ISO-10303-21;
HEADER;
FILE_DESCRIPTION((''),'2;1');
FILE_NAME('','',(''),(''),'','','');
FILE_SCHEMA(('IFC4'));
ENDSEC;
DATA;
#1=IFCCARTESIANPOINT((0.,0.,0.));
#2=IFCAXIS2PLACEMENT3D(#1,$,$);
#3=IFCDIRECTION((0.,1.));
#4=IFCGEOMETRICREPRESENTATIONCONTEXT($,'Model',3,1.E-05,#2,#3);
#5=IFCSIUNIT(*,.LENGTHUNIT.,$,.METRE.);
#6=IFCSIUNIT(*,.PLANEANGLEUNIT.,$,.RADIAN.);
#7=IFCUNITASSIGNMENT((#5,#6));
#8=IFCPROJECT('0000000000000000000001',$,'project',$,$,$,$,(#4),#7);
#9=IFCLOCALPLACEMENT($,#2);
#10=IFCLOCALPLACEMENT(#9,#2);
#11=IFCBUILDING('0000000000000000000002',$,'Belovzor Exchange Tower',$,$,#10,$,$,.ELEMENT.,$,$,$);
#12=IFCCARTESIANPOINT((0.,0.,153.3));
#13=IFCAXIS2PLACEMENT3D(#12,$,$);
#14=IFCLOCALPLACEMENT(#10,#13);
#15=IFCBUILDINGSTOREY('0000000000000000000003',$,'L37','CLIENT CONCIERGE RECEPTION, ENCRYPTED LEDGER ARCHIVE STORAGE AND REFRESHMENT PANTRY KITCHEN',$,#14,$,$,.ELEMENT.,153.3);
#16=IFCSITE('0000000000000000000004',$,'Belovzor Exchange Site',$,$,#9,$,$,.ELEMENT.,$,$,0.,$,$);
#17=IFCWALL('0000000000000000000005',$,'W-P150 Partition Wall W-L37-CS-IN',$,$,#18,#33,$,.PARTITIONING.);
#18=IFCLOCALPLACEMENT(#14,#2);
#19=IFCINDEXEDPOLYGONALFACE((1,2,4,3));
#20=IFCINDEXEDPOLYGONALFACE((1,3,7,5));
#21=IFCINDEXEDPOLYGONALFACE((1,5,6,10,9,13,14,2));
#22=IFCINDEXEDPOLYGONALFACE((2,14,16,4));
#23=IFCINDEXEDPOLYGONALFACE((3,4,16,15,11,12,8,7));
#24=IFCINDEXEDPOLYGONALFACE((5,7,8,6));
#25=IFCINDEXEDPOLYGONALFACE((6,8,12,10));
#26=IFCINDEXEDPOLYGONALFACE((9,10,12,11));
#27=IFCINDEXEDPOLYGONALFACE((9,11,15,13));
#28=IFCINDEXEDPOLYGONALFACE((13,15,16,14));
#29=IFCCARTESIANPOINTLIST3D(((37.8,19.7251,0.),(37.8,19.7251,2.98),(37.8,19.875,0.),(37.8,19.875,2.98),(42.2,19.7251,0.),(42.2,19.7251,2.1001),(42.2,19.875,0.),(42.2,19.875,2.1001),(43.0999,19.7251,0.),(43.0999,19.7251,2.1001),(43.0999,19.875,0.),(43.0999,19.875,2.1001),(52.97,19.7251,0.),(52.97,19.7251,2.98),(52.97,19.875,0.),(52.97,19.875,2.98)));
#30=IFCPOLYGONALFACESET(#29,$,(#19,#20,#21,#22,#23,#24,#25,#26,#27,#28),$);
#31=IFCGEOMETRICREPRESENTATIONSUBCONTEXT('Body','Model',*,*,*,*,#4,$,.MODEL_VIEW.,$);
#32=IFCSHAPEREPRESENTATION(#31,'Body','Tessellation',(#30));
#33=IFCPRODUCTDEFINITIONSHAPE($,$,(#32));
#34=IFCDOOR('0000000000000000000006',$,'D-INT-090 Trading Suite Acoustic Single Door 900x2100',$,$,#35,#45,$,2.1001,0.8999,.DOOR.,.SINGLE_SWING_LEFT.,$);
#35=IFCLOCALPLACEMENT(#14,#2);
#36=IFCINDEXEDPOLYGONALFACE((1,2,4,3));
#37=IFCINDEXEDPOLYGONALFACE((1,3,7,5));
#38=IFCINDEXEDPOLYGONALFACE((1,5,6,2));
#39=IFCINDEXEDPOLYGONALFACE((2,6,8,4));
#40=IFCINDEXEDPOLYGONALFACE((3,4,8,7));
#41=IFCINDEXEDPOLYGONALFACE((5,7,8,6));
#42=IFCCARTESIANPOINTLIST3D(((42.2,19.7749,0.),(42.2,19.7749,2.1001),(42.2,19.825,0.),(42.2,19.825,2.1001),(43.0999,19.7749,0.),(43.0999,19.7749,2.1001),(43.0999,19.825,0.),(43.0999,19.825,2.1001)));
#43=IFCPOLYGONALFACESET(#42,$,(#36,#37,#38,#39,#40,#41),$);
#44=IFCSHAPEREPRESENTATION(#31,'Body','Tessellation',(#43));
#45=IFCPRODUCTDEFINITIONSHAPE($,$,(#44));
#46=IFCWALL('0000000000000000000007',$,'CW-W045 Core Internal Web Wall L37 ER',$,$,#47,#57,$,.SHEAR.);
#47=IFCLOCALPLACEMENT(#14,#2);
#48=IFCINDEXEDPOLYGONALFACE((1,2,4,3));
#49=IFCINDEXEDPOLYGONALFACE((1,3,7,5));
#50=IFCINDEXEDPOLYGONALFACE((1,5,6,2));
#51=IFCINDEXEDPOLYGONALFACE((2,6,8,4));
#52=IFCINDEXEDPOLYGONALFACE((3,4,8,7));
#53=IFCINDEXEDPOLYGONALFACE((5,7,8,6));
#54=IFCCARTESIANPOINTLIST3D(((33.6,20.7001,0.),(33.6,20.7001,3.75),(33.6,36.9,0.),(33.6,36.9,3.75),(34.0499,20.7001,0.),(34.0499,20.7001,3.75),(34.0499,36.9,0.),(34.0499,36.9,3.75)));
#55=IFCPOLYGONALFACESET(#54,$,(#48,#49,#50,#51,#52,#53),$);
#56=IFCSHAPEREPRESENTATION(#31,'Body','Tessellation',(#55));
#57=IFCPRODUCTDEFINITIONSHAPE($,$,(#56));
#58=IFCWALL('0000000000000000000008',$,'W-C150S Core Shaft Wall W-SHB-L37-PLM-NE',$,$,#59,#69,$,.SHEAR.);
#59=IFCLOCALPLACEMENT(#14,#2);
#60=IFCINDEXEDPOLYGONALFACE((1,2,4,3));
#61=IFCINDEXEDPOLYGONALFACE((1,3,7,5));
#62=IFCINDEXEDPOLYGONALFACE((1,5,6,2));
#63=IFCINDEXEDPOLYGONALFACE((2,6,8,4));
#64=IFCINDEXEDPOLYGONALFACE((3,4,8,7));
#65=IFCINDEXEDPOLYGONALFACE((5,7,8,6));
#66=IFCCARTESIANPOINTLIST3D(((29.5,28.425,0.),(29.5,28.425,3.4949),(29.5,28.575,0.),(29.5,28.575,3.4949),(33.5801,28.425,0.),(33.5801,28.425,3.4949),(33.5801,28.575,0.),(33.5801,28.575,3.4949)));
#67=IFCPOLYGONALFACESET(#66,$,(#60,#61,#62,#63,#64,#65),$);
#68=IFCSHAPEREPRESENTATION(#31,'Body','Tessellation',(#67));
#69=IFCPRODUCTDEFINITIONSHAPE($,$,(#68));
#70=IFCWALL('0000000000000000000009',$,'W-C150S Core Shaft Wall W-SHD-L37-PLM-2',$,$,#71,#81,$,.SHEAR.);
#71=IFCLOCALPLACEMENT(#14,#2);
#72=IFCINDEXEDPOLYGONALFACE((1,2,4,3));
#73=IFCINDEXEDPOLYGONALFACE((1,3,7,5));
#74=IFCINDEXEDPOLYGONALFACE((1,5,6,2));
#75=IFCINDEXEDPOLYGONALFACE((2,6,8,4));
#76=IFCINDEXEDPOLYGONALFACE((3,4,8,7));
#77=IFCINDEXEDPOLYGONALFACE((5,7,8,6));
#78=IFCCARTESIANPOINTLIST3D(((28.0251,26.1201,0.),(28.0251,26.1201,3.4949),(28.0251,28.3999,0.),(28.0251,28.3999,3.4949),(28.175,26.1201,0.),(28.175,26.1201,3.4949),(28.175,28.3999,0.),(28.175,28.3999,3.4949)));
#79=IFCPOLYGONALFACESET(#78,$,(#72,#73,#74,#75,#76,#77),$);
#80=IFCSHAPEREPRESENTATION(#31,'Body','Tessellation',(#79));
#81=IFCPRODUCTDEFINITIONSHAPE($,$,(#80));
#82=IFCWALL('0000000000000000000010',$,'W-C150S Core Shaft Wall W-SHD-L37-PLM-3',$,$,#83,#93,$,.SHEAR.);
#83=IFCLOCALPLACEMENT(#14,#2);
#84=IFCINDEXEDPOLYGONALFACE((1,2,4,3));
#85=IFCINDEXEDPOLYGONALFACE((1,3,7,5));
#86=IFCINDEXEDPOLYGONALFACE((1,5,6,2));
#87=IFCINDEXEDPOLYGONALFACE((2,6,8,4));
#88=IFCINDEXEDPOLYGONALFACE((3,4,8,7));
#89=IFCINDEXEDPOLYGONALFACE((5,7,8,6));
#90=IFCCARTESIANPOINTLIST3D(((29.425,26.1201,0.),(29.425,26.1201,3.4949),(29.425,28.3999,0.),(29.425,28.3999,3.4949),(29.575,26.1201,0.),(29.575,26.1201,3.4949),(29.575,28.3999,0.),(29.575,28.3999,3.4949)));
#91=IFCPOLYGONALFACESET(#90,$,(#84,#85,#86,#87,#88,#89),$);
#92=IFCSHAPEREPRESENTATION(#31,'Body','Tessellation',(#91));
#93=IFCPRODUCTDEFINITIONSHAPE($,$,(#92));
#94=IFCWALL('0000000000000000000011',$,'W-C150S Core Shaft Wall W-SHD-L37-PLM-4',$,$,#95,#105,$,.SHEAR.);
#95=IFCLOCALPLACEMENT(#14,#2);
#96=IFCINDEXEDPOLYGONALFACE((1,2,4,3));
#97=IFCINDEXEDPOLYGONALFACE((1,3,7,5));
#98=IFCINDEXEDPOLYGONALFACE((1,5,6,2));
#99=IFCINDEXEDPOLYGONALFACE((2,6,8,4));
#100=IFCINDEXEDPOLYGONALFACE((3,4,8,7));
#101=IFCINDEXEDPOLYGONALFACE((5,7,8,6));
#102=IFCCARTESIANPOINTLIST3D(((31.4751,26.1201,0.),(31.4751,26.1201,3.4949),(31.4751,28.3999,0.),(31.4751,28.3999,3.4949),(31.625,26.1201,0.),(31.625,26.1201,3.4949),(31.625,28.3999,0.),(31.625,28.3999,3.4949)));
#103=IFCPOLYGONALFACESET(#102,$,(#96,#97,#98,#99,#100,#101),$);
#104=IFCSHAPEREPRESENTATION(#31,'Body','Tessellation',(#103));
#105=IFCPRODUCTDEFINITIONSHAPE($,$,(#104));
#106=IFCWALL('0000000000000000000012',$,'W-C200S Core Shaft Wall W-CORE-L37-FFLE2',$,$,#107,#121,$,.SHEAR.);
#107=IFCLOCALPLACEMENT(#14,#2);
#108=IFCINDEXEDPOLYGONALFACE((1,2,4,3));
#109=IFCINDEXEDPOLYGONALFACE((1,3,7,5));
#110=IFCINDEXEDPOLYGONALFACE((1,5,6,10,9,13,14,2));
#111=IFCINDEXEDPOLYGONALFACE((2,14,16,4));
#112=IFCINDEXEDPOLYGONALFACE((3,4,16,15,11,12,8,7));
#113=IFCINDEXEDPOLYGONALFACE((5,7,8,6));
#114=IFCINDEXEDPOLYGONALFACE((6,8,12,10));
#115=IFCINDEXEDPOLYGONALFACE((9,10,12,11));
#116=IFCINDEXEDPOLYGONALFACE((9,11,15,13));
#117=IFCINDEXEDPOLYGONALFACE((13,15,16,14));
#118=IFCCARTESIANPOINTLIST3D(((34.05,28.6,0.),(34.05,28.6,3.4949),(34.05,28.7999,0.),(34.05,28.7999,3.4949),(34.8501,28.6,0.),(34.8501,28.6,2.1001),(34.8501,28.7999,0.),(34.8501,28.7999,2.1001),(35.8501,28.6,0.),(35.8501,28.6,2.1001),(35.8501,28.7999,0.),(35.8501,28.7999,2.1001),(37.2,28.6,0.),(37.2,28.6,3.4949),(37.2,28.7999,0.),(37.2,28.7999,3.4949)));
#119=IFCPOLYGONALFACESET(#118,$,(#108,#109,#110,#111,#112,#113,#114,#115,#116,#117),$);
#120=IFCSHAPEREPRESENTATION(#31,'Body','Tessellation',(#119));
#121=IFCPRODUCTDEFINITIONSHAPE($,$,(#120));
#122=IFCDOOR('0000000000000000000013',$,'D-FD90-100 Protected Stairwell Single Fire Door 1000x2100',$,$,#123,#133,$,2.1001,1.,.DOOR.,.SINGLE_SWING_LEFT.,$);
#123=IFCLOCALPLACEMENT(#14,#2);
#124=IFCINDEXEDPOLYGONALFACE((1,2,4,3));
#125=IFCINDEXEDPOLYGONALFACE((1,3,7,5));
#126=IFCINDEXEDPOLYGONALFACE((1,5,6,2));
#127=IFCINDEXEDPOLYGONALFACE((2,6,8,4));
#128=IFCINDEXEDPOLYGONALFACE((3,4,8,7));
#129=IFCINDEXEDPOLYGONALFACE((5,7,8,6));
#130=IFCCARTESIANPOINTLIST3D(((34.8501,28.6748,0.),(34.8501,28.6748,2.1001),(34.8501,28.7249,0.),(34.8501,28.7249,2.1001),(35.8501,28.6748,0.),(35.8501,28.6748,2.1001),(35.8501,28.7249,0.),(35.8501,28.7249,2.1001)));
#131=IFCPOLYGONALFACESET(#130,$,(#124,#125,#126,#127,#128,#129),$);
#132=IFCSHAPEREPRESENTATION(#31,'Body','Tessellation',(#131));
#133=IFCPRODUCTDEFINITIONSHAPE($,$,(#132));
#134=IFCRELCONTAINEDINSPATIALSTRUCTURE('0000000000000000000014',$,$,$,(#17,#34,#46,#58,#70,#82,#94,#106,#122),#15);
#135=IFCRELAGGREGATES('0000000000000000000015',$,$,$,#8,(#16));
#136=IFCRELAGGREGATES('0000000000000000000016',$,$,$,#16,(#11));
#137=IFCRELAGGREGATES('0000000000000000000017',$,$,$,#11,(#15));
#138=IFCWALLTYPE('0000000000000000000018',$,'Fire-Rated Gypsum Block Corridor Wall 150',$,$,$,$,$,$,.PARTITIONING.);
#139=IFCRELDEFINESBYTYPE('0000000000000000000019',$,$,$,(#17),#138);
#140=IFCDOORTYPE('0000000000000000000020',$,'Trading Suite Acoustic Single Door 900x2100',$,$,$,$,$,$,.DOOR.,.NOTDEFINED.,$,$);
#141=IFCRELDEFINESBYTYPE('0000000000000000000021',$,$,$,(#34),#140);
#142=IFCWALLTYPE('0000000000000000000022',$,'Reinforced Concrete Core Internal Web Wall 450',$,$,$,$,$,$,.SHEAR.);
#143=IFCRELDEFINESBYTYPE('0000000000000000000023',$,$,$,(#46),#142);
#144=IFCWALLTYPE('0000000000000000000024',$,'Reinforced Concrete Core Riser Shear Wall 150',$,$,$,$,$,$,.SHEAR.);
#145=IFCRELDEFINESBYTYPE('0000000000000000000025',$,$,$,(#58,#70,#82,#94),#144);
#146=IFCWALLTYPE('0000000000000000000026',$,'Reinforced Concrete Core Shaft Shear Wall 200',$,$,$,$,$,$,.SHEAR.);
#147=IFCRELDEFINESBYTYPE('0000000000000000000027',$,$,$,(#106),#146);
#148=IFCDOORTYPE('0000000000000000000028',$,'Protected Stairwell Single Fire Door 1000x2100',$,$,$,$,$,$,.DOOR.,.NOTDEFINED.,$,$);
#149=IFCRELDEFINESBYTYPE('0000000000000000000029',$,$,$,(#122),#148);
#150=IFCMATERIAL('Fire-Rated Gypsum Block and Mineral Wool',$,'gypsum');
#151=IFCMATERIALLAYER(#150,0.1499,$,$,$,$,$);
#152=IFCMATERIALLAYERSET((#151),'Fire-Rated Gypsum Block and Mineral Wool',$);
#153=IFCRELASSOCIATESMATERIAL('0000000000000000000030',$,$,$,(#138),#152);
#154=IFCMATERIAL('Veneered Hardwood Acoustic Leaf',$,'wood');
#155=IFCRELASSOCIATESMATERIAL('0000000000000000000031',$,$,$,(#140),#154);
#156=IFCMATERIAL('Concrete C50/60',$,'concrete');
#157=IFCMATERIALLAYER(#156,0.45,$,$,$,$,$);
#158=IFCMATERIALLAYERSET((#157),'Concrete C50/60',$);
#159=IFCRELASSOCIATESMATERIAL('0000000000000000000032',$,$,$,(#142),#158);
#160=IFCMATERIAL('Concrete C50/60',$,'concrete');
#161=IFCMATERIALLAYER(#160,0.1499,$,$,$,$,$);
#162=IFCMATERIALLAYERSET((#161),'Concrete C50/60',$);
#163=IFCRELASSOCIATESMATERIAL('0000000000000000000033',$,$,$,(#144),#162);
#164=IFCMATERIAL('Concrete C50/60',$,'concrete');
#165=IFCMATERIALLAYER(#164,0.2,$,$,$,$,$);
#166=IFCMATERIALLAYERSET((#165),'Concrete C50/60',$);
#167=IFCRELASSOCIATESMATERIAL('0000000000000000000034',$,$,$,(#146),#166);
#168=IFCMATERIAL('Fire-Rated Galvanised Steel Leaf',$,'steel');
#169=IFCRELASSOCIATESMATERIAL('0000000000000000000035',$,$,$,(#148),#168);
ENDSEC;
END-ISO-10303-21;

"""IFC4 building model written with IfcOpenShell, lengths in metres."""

from ifc_helpers import new_model, si_unit, direction, frame, frame_2d, origin, place, context, subcontext, project, spatial, rectangle, extrude, material, layer, layer_set, type_object, element, fill, save


model = new_model("IFC4")

# Units and contexts
model_context = context("Model", 3, precision=1e-05, world=origin(), true_north=direction((0.0, 1.0)))
body_context = subcontext(model_context, "Body", "Model", "MODEL_VIEW")
ifc_project = project(units=[si_unit("LENGTHUNIT", "METRE"), si_unit("PLANEANGLEUNIT", "RADIAN")], contexts=[model_context])

# Site, building, storey
site_placement = place(None, origin())
site = spatial("IfcSite", under=ifc_project, at=site_placement, Name="Belovzor Exchange Site", CompositionType="ELEMENT", RefElevation=0.0)
building_placement = place(site_placement, origin())
building = spatial("IfcBuilding", under=site, at=building_placement, Name="Belovzor Exchange Tower", CompositionType="ELEMENT")
storey_placement = place(building_placement, frame((0.0, 0.0, 153.3)))
storey = spatial("IfcBuildingStorey", under=building, at=storey_placement, Name="L37", Description="CLIENT CONCIERGE RECEPTION, ENCRYPTED LEDGER ARCHIVE STORAGE AND REFRESHMENT PANTRY KITCHEN", CompositionType="ELEMENT", Elevation=153.3)

# Shared definitions
ifc_material_1 = material(Name="Fire-Rated Gypsum Block and Mineral Wool", Category="gypsum")
ifc_layer_1 = layer(ifc_material_1, 0.1499)
ifc_layer_set_1 = layer_set([ifc_layer_1], Name="Fire-Rated Gypsum Block and Mineral Wool")
wall_type_1 = type_object("IfcWallType", Name="Fire-Rated Gypsum Block Corridor Wall 150", PredefinedType="PARTITIONING", material=ifc_layer_set_1)

# Wall, opening, door
wall_1_placement = place(storey_placement, frame((37.8, 19.8, 0.0), z_axis=(0.0, 0.0, 1.0), x_axis=(1.0, 0.0, 0.0)))
wall_1 = element("IfcWall", 1, at=wall_1_placement, inside=storey, type_object=wall_type_1, Name="W-P150 Partition Wall W-L37-CS-IN", PredefinedType="PARTITIONING", context=body_context, shape_type="SweptSolid", body=[
    extrude(rectangle(XDim=15.1699, YDim=0.1499, at=frame_2d((7.585, 0.0))), origin(), (0.0, 0.0, 1.0), 2.98),
])
opening_1_placement = place(wall_1_placement, frame((4.3999, 0.0, 0.0)))
opening_1 = element("IfcOpeningElement", 2, at=opening_1_placement, cuts=wall_1, PredefinedType="OPENING", context=body_context, shape_type="SweptSolid", body=[
    extrude(rectangle(XDim=0.8999, YDim=2.1001, at=frame_2d((0.45, 1.05))), frame((0.0, 0.085, 0.0), z_axis=(0.0, -1.0, 0.0), x_axis=(1.0, 0.0, 0.0)), (0.0, 0.0, 1.0), 0.1699),
])
ifc_material_2 = material(Name="Veneered Hardwood Acoustic Leaf", Category="wood")
door_type_1 = type_object("IfcDoorType", Name="Trading Suite Acoustic Single Door 900x2100", OperationType="NOTDEFINED", PredefinedType="DOOR", material=ifc_material_2)
door_1_placement = place(opening_1_placement, origin())
door_1 = element("IfcDoor", 3, at=door_1_placement, inside=storey, type_object=door_type_1, Name="D-INT-090 Trading Suite Acoustic Single Door 900x2100", OperationType="SINGLE_SWING_LEFT", OverallHeight=2.1001, OverallWidth=0.8999, PredefinedType="DOOR", context=body_context, shape_type="SweptSolid", body=[
    extrude(rectangle(XDim=0.8999, YDim=2.1001, at=frame_2d((0.45, 1.05))), frame((0.0, 0.0249, 0.0), z_axis=(0.0, -1.0, 0.0), x_axis=(1.0, 0.0, 0.0)), (0.0, 0.0, 1.0), 0.05),
])
fill(opening_1, door_1)

# Walls
ifc_material_3 = material(Name="Concrete C50/60", Category="concrete")
ifc_layer_2 = layer(ifc_material_3, 0.45)
ifc_layer_set_2 = layer_set([ifc_layer_2], Name="Concrete C50/60")
wall_type_2 = type_object("IfcWallType", Name="Reinforced Concrete Core Internal Web Wall 450", PredefinedType="SHEAR", material=ifc_layer_set_2)
wall_2_placement = place(storey_placement, frame((33.825, 20.7, 0.0), z_axis=(0.0, 0.0, 1.0), x_axis=(0.0, 1.0, 0.0)))
element("IfcWall", 4, at=wall_2_placement, inside=storey, type_object=wall_type_2, Name="CW-W045 Core Internal Web Wall L37 ER", PredefinedType="SHEAR", context=body_context, shape_type="SweptSolid", body=[
    extrude(rectangle(XDim=16.2, YDim=0.45, at=frame_2d((8.1001, 0.0))), origin(), (0.0, 0.0, 1.0), 3.75),
])
ifc_material_4 = material(Name="Concrete C50/60", Category="concrete")
ifc_layer_3 = layer(ifc_material_4, 0.1499)
ifc_layer_set_3 = layer_set([ifc_layer_3], Name="Concrete C50/60")
wall_type_3 = type_object("IfcWallType", Name="Reinforced Concrete Core Riser Shear Wall 150", PredefinedType="SHEAR", material=ifc_layer_set_3)
wall_3_placement = place(storey_placement, frame((29.5, 28.5, 0.0), z_axis=(0.0, 0.0, 1.0), x_axis=(1.0, 0.0, 0.0)))
element("IfcWall", 5, at=wall_3_placement, inside=storey, type_object=wall_type_3, Name="W-C150S Core Shaft Wall W-SHB-L37-PLM-NE", PredefinedType="SHEAR", context=body_context, shape_type="SweptSolid", body=[
    extrude(rectangle(XDim=4.0801, YDim=0.1499, at=frame_2d((2.04, 0.0))), origin(), (0.0, 0.0, 1.0), 3.4949),
])
for number, where, z_axis, x_axis, name in (
    (6, (28.1001, 26.1201, 0.0), (0.0, 0.0, 1.0), (0.0, 1.0, 0.0), "W-C150S Core Shaft Wall W-SHD-L37-PLM-2"),
    (7, (29.5, 26.1201, 0.0), (0.0, 0.0, 1.0), (0.0, 1.0, 0.0), "W-C150S Core Shaft Wall W-SHD-L37-PLM-3"),
    (8, (31.55, 26.1201, 0.0), (0.0, 0.0, 1.0), (0.0, 1.0, 0.0), "W-C150S Core Shaft Wall W-SHD-L37-PLM-4"),
):
    element("IfcWall", number, at=place(storey_placement, frame(where, z_axis=z_axis, x_axis=x_axis)), inside=storey, type_object=wall_type_3, Name=name, PredefinedType="SHEAR", context=body_context, shape_type="SweptSolid", body=[
        extrude(rectangle(XDim=2.2798, YDim=0.1499, at=frame_2d((1.1399, 0.0))), origin(), (0.0, 0.0, 1.0), 3.4949),
    ])

# Wall, opening, door
ifc_material_5 = material(Name="Concrete C50/60", Category="concrete")
ifc_layer_4 = layer(ifc_material_5, 0.2)
ifc_layer_set_4 = layer_set([ifc_layer_4], Name="Concrete C50/60")
wall_type_4 = type_object("IfcWallType", Name="Reinforced Concrete Core Shaft Shear Wall 200", PredefinedType="SHEAR", material=ifc_layer_set_4)
wall_4_placement = place(storey_placement, frame((34.05, 28.7, 0.0), z_axis=(0.0, 0.0, 1.0), x_axis=(1.0, 0.0, 0.0)))
wall_4 = element("IfcWall", 9, at=wall_4_placement, inside=storey, type_object=wall_type_4, Name="W-C200S Core Shaft Wall W-CORE-L37-FFLE2", PredefinedType="SHEAR", context=body_context, shape_type="SweptSolid", body=[
    extrude(rectangle(XDim=3.1499, YDim=0.2, at=frame_2d((1.575, 0.0))), origin(), (0.0, 0.0, 1.0), 3.4949),
])
opening_2_placement = place(wall_4_placement, frame((0.8, 0.0, 0.0)))
opening_2 = element("IfcOpeningElement", 10, at=opening_2_placement, cuts=wall_4, PredefinedType="OPENING", context=body_context, shape_type="SweptSolid", body=[
    extrude(rectangle(XDim=1.0, YDim=2.1001, at=frame_2d((0.5, 1.05))), frame((0.0, 0.1099, 0.0), z_axis=(0.0, -1.0, 0.0), x_axis=(1.0, 0.0, 0.0)), (0.0, 0.0, 1.0), 0.22),
])
ifc_material_6 = material(Name="Fire-Rated Galvanised Steel Leaf", Category="steel")
door_type_2 = type_object("IfcDoorType", Name="Protected Stairwell Single Fire Door 1000x2100", OperationType="NOTDEFINED", PredefinedType="DOOR", material=ifc_material_6)
door_2_placement = place(opening_2_placement, origin())
door_2 = element("IfcDoor", 11, at=door_2_placement, inside=storey, type_object=door_type_2, Name="D-FD90-100 Protected Stairwell Single Fire Door 1000x2100", OperationType="SINGLE_SWING_LEFT", OverallHeight=2.1001, OverallWidth=1.0, PredefinedType="DOOR", context=body_context, shape_type="SweptSolid", body=[
    extrude(rectangle(XDim=1.0, YDim=2.1001, at=frame_2d((0.5, 1.05))), frame((0.0, 0.0249, 0.0), z_axis=(0.0, -1.0, 0.0), x_axis=(1.0, 0.0, 0.0)), (0.0, 0.0, 1.0), 0.05),
])
fill(opening_2, door_2)

save(model, "model.ifc")
